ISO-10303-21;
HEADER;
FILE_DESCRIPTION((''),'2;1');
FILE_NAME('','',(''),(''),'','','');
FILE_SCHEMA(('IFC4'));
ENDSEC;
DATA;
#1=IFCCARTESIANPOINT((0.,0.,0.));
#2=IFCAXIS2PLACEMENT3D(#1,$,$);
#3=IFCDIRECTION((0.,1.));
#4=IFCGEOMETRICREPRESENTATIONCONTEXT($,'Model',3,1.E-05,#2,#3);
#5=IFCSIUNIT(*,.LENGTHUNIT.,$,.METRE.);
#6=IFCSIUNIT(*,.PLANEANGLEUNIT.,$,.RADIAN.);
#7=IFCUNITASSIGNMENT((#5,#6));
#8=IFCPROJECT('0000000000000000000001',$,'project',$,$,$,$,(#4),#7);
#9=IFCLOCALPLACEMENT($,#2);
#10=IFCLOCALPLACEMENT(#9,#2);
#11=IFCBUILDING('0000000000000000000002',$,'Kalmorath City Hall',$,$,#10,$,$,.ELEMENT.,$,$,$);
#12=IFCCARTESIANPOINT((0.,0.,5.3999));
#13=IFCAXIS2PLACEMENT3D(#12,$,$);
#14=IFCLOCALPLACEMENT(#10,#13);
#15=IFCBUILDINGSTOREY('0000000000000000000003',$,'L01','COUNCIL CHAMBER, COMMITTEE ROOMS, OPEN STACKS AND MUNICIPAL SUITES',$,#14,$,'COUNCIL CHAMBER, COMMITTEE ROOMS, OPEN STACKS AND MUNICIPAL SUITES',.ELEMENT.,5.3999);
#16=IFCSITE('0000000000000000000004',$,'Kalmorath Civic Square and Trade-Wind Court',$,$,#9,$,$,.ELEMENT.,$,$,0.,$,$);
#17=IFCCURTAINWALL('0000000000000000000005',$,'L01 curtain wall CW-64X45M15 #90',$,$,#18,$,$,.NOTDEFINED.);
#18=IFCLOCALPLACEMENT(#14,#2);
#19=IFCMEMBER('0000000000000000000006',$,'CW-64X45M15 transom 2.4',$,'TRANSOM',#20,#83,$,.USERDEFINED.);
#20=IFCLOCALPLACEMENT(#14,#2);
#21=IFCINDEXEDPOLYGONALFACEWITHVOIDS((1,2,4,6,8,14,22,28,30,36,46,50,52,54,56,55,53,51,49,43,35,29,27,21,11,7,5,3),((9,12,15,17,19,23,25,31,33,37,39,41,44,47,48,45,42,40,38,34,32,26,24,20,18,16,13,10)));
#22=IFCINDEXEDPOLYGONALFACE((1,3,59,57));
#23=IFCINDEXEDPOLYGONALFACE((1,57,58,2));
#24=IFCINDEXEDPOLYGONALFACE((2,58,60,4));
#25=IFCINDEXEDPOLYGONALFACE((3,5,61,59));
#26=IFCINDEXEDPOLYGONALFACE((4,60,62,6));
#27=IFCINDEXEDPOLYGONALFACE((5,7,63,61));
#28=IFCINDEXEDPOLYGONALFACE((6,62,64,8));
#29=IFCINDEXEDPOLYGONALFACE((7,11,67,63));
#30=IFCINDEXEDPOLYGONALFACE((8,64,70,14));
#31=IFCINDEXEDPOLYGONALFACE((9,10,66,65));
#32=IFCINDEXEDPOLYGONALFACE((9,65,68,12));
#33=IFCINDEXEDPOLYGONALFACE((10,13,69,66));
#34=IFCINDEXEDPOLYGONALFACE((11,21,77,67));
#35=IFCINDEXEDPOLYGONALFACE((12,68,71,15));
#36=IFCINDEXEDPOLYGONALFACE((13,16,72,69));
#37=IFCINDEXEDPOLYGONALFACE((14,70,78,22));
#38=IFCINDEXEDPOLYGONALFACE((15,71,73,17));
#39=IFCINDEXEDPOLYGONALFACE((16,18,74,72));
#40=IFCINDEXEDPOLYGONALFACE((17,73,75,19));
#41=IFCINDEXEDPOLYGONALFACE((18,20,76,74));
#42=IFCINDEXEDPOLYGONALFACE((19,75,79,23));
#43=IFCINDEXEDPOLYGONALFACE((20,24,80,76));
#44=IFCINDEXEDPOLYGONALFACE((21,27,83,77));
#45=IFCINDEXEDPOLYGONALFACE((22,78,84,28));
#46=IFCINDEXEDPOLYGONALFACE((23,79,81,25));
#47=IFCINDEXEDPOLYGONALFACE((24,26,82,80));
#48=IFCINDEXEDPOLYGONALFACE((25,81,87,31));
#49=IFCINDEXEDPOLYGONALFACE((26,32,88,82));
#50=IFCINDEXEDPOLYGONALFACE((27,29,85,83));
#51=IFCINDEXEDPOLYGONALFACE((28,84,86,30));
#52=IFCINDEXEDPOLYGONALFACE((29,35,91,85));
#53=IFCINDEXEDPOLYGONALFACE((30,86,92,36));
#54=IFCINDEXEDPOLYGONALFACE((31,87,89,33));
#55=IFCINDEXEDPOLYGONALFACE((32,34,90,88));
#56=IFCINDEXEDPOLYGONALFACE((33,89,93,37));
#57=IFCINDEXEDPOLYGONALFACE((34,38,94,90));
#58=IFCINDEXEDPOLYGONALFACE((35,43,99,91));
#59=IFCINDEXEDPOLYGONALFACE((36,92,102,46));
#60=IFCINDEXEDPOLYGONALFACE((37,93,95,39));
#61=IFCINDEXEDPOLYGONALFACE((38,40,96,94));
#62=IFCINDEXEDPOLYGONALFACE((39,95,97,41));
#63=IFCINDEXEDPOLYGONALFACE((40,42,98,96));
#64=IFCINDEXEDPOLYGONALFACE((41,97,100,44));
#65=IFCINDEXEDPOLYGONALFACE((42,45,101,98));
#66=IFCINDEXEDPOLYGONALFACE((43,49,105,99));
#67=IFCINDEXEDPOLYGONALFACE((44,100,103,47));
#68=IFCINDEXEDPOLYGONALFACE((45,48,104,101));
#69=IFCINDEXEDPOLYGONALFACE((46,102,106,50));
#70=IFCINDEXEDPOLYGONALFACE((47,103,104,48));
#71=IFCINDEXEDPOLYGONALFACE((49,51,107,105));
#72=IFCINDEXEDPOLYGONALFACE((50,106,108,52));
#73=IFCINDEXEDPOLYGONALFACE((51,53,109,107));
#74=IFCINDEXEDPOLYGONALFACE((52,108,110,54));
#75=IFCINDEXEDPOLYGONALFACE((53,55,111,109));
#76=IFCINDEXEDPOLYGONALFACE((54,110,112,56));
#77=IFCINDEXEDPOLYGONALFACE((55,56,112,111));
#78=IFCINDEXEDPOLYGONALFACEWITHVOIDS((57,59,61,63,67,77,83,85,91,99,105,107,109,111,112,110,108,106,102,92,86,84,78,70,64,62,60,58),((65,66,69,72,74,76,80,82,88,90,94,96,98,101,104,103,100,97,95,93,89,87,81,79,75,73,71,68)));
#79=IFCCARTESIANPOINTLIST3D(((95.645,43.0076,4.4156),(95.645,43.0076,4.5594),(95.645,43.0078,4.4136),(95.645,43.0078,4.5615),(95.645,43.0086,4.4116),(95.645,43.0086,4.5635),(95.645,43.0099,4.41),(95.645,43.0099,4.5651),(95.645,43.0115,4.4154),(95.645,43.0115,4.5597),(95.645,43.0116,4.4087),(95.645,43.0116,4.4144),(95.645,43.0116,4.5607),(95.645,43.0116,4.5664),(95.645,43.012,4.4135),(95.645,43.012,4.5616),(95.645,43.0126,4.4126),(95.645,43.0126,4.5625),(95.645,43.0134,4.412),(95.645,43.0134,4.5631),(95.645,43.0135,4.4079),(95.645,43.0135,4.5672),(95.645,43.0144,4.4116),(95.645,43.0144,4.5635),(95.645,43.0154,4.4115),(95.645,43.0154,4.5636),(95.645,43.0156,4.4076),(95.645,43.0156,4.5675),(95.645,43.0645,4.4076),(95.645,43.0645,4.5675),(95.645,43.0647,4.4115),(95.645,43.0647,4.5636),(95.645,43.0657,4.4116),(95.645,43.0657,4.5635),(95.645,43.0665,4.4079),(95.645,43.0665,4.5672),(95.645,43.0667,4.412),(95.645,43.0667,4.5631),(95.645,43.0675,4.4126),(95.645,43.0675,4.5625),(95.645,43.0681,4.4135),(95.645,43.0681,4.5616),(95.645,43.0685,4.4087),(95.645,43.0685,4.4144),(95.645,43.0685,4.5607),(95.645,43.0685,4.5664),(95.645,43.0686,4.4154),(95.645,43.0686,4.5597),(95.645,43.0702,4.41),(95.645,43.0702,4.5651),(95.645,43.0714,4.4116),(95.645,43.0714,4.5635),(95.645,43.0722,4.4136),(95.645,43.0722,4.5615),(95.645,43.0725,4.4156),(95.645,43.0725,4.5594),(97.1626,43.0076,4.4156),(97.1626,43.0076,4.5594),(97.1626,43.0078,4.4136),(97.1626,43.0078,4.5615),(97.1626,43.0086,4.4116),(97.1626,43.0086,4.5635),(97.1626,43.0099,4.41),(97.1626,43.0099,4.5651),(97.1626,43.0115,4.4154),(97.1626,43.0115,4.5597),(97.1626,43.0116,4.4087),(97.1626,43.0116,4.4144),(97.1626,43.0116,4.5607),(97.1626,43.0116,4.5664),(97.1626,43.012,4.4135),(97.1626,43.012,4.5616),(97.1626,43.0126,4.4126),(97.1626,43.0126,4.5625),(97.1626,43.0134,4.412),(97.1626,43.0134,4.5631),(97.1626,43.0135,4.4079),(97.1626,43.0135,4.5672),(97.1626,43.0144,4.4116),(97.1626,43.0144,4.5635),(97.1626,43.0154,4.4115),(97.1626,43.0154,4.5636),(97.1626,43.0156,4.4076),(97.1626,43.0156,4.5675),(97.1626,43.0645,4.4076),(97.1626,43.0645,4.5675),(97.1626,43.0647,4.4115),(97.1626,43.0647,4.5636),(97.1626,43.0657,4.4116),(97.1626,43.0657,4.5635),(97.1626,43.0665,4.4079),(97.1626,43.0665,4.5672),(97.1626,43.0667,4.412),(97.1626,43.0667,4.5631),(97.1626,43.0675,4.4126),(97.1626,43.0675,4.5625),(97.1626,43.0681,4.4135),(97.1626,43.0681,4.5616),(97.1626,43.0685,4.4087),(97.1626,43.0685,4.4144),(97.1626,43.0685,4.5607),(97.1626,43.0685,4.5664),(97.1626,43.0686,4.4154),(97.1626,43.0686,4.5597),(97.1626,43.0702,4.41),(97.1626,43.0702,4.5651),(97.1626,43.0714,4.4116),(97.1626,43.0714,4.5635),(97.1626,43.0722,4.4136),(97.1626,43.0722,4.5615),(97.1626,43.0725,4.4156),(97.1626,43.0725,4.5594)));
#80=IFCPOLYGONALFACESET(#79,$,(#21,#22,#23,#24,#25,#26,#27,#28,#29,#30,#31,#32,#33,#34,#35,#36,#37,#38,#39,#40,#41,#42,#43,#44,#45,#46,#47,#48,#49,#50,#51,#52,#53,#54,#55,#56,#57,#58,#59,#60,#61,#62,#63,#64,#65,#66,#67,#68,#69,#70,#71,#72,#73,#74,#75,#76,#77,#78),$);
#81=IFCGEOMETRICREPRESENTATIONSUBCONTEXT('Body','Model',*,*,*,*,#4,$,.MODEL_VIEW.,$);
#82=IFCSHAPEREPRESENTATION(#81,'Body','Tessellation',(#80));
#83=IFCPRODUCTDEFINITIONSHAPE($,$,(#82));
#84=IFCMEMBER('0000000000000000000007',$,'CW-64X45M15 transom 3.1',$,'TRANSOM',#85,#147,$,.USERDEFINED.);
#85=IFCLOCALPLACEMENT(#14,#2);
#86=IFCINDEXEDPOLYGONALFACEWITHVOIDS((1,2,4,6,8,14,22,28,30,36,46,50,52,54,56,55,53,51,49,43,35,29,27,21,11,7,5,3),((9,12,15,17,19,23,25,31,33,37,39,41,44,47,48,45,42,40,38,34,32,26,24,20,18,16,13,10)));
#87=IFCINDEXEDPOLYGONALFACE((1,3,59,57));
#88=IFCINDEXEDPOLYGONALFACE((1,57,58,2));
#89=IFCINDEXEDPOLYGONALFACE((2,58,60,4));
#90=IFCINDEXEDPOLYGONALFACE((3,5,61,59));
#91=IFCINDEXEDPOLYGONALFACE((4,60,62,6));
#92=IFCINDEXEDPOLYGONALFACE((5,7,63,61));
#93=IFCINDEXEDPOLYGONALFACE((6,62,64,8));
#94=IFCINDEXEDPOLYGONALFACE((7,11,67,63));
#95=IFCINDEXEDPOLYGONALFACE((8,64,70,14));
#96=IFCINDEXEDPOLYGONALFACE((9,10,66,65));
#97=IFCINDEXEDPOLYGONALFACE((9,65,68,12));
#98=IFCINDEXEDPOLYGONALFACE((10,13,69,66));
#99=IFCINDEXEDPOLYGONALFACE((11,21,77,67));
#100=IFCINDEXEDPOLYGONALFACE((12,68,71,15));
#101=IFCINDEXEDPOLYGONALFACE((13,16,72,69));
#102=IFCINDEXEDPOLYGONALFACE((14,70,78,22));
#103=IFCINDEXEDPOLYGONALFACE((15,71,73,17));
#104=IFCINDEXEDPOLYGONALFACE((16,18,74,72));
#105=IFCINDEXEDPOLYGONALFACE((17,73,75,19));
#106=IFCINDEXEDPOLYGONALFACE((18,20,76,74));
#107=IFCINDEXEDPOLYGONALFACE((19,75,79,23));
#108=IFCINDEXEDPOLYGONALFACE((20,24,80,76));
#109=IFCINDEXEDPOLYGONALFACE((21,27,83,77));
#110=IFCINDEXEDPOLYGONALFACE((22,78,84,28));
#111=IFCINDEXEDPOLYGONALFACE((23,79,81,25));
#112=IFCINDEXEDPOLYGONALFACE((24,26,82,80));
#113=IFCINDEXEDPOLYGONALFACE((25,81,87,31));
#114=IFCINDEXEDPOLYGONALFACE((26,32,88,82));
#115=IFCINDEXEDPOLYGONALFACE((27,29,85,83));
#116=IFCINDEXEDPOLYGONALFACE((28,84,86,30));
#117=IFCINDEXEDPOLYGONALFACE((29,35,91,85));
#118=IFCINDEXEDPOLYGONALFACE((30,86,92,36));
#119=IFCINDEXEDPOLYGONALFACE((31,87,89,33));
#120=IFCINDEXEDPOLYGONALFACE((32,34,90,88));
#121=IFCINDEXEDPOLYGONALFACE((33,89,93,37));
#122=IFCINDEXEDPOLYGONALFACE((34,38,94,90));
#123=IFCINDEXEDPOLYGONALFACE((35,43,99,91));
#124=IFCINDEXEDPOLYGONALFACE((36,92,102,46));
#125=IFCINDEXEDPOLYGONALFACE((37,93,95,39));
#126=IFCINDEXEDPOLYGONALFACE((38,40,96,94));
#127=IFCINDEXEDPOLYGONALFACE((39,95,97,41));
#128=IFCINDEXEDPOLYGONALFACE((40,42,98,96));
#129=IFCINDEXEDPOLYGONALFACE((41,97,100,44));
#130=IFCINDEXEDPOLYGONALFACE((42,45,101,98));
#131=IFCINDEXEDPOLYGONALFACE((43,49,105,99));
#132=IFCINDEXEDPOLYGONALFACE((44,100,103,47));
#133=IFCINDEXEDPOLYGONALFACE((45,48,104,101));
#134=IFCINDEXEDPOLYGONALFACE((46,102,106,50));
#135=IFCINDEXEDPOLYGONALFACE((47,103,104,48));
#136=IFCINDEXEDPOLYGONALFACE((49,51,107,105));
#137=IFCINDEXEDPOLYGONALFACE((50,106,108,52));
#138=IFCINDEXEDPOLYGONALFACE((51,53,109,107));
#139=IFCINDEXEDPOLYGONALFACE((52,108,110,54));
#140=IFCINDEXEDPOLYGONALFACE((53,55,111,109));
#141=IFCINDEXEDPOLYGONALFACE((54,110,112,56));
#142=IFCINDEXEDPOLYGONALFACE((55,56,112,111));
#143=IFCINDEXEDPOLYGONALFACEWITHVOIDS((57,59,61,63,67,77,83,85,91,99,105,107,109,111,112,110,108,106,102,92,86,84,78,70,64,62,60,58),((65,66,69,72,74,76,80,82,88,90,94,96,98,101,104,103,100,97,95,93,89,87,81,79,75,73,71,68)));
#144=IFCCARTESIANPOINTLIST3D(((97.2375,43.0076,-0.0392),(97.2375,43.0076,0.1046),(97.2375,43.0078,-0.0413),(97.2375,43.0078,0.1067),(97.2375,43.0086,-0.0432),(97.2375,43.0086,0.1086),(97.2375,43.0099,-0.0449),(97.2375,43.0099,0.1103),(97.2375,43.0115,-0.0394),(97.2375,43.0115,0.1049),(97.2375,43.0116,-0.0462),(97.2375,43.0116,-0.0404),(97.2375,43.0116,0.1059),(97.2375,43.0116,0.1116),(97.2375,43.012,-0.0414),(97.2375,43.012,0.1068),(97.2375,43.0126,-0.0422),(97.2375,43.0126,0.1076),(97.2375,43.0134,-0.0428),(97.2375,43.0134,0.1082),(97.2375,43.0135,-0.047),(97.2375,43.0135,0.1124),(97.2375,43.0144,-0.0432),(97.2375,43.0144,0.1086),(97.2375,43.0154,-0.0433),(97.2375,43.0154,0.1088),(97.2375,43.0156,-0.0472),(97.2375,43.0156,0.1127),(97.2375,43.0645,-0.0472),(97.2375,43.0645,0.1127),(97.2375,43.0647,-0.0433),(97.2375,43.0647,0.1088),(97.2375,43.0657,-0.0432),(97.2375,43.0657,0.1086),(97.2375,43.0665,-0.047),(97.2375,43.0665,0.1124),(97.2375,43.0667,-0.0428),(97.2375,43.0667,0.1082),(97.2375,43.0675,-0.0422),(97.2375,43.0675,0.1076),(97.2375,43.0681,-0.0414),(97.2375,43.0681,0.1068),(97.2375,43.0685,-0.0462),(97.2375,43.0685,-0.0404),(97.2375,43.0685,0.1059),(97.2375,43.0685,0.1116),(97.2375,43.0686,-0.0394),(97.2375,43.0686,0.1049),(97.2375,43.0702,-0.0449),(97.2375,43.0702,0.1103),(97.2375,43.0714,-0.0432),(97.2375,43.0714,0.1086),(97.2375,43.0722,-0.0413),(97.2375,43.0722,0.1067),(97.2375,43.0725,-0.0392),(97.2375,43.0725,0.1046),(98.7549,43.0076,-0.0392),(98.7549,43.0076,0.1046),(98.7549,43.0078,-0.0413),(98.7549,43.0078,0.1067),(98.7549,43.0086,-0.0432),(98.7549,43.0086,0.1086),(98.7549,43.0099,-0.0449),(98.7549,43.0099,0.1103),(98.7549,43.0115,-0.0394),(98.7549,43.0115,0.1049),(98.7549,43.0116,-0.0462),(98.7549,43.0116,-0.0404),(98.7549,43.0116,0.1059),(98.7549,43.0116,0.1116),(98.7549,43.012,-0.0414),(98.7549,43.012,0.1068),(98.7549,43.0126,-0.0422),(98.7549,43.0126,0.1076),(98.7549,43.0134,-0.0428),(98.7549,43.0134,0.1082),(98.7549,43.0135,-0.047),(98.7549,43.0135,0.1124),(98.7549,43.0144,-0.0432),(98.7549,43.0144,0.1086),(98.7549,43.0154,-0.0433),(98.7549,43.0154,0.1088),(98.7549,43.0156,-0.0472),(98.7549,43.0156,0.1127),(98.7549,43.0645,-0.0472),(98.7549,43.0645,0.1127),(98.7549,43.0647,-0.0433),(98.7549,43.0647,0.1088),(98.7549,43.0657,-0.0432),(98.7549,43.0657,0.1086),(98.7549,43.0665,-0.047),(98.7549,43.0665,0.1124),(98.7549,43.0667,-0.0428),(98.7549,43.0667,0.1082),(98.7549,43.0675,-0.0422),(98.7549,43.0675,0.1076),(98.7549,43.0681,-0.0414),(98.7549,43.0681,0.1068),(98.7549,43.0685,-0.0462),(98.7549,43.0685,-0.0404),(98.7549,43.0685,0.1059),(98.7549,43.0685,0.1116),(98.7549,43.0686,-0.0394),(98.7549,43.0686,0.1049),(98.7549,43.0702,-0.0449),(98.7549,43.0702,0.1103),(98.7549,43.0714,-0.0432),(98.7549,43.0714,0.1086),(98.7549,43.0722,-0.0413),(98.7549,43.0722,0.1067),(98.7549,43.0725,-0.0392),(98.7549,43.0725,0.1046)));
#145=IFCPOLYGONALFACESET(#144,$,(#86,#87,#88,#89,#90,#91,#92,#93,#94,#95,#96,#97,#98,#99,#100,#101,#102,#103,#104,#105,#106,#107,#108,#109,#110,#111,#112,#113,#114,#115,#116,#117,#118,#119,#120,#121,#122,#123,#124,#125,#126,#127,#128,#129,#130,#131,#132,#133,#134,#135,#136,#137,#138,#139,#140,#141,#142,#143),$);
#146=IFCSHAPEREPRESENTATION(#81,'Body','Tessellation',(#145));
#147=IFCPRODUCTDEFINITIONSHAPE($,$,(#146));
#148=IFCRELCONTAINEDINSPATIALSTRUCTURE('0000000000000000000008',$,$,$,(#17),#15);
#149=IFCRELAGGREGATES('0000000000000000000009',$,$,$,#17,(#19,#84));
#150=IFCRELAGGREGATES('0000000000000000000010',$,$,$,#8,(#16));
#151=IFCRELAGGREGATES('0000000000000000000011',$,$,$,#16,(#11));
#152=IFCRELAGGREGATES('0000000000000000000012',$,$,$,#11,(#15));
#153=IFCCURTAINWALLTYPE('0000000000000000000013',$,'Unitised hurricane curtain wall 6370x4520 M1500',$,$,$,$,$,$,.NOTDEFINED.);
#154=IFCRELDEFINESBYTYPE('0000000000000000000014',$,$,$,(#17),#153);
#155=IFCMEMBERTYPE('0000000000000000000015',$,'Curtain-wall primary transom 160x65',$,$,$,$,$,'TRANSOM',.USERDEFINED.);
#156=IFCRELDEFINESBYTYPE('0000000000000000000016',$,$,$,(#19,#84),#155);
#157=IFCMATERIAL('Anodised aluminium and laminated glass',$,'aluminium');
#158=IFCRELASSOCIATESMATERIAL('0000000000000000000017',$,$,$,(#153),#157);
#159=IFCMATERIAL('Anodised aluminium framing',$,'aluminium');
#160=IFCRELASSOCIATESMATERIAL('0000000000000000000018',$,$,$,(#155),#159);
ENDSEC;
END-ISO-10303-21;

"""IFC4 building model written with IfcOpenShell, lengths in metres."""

from ifc_helpers import new_model, si_unit, direction, frame, origin, origin_2d, place, context, subcontext, project, spatial, hollow_rectangle, extrude, material, material_profile, profile_set, type_object, element, aggregate, save


model = new_model("IFC4")

# Units and contexts
model_context = context("Model", 3, precision=1e-05, world=origin(), true_north=direction((0.0, 1.0)))
body_context = subcontext(model_context, "Body", "Model", "MODEL_VIEW")
ifc_project = project(units=[si_unit("LENGTHUNIT", "METRE"), si_unit("PLANEANGLEUNIT", "RADIAN")], contexts=[model_context])

# Site, building, storey
site_placement = place(None, origin())
site = spatial("IfcSite", under=ifc_project, at=site_placement, Name="Kalmorath Civic Square and Trade-Wind Court", CompositionType="ELEMENT", RefElevation=0.0)
building_placement = place(site_placement, origin())
building = spatial("IfcBuilding", under=site, at=building_placement, Name="Kalmorath City Hall", CompositionType="ELEMENT")
storey_placement = place(building_placement, frame((0.0, 0.0, 5.3999)))
storey = spatial("IfcBuildingStorey", under=building, at=storey_placement, Name="L01", Description="COUNCIL CHAMBER, COMMITTEE ROOMS, OPEN STACKS AND MUNICIPAL SUITES", LongName="COUNCIL CHAMBER, COMMITTEE ROOMS, OPEN STACKS AND MUNICIPAL SUITES", CompositionType="ELEMENT", Elevation=5.3999)

# Curtain wall
ifc_material_1 = material(Name="Anodised aluminium and laminated glass", Category="aluminium")
curtain_wall_type_1 = type_object("IfcCurtainWallType", Name="Unitised hurricane curtain wall 6370x4520 M1500", PredefinedType="NOTDEFINED", material=ifc_material_1)
curtain_wall_1_placement = place(storey_placement, origin())
curtain_wall_1 = element("IfcCurtainWall", 1, at=curtain_wall_1_placement, inside=storey, type_object=curtain_wall_type_1, Name="L01 curtain wall CW-64X45M15 #90", PredefinedType="NOTDEFINED")

# Members
ifc_material_2 = material(Name="Anodised aluminium framing", Category="aluminium")
ifc_material_profile_1 = material_profile(ifc_material_2, hollow_rectangle(XDim=0.0649, YDim=0.1599, WallThickness=0.0039, InnerFilletRadius=0.0039, OuterFilletRadius=0.0081, at=origin_2d()), Name="ALU-TRN-160X65X4")
ifc_profile_set_1 = profile_set([ifc_material_profile_1], Name="Anodised aluminium framing")
member_type_1 = type_object("IfcMemberType", Name="Curtain-wall primary transom 160x65", ElementType="TRANSOM", PredefinedType="USERDEFINED", material=ifc_profile_set_1)
member_1_placement = place(storey_placement, frame((95.645, 43.04, 4.4875), z_axis=(1.0, 0.0, 0.0), x_axis=(0.0, 1.0, 0.0)))
member_1 = element("IfcMember", 2, at=member_1_placement, type_object=member_type_1, Name="CW-64X45M15 transom 2.4", ObjectType="TRANSOM", PredefinedType="USERDEFINED", context=body_context, shape_type="SweptSolid", body=[
    extrude(hollow_rectangle(XDim=0.0649, YDim=0.1599, WallThickness=0.0039, InnerFilletRadius=0.0039, OuterFilletRadius=0.0081, at=origin_2d()), origin(), (0.0, 0.0, 1.0), 1.5176),
])
member_2_placement = place(storey_placement, frame((97.2375, 43.04, 0.0327), z_axis=(1.0, 0.0, 0.0), x_axis=(0.0, 1.0, 0.0)))
member_2 = element("IfcMember", 3, at=member_2_placement, type_object=member_type_1, Name="CW-64X45M15 transom 3.1", ObjectType="TRANSOM", PredefinedType="USERDEFINED", context=body_context, shape_type="SweptSolid", body=[
    extrude(hollow_rectangle(XDim=0.0649, YDim=0.1599, WallThickness=0.0039, InnerFilletRadius=0.0039, OuterFilletRadius=0.0081, at=origin_2d()), origin(), (0.0, 0.0, 1.0), 1.5173),
])

aggregate(curtain_wall_1, [member_1, member_2])

save(model, "model.ifc")
